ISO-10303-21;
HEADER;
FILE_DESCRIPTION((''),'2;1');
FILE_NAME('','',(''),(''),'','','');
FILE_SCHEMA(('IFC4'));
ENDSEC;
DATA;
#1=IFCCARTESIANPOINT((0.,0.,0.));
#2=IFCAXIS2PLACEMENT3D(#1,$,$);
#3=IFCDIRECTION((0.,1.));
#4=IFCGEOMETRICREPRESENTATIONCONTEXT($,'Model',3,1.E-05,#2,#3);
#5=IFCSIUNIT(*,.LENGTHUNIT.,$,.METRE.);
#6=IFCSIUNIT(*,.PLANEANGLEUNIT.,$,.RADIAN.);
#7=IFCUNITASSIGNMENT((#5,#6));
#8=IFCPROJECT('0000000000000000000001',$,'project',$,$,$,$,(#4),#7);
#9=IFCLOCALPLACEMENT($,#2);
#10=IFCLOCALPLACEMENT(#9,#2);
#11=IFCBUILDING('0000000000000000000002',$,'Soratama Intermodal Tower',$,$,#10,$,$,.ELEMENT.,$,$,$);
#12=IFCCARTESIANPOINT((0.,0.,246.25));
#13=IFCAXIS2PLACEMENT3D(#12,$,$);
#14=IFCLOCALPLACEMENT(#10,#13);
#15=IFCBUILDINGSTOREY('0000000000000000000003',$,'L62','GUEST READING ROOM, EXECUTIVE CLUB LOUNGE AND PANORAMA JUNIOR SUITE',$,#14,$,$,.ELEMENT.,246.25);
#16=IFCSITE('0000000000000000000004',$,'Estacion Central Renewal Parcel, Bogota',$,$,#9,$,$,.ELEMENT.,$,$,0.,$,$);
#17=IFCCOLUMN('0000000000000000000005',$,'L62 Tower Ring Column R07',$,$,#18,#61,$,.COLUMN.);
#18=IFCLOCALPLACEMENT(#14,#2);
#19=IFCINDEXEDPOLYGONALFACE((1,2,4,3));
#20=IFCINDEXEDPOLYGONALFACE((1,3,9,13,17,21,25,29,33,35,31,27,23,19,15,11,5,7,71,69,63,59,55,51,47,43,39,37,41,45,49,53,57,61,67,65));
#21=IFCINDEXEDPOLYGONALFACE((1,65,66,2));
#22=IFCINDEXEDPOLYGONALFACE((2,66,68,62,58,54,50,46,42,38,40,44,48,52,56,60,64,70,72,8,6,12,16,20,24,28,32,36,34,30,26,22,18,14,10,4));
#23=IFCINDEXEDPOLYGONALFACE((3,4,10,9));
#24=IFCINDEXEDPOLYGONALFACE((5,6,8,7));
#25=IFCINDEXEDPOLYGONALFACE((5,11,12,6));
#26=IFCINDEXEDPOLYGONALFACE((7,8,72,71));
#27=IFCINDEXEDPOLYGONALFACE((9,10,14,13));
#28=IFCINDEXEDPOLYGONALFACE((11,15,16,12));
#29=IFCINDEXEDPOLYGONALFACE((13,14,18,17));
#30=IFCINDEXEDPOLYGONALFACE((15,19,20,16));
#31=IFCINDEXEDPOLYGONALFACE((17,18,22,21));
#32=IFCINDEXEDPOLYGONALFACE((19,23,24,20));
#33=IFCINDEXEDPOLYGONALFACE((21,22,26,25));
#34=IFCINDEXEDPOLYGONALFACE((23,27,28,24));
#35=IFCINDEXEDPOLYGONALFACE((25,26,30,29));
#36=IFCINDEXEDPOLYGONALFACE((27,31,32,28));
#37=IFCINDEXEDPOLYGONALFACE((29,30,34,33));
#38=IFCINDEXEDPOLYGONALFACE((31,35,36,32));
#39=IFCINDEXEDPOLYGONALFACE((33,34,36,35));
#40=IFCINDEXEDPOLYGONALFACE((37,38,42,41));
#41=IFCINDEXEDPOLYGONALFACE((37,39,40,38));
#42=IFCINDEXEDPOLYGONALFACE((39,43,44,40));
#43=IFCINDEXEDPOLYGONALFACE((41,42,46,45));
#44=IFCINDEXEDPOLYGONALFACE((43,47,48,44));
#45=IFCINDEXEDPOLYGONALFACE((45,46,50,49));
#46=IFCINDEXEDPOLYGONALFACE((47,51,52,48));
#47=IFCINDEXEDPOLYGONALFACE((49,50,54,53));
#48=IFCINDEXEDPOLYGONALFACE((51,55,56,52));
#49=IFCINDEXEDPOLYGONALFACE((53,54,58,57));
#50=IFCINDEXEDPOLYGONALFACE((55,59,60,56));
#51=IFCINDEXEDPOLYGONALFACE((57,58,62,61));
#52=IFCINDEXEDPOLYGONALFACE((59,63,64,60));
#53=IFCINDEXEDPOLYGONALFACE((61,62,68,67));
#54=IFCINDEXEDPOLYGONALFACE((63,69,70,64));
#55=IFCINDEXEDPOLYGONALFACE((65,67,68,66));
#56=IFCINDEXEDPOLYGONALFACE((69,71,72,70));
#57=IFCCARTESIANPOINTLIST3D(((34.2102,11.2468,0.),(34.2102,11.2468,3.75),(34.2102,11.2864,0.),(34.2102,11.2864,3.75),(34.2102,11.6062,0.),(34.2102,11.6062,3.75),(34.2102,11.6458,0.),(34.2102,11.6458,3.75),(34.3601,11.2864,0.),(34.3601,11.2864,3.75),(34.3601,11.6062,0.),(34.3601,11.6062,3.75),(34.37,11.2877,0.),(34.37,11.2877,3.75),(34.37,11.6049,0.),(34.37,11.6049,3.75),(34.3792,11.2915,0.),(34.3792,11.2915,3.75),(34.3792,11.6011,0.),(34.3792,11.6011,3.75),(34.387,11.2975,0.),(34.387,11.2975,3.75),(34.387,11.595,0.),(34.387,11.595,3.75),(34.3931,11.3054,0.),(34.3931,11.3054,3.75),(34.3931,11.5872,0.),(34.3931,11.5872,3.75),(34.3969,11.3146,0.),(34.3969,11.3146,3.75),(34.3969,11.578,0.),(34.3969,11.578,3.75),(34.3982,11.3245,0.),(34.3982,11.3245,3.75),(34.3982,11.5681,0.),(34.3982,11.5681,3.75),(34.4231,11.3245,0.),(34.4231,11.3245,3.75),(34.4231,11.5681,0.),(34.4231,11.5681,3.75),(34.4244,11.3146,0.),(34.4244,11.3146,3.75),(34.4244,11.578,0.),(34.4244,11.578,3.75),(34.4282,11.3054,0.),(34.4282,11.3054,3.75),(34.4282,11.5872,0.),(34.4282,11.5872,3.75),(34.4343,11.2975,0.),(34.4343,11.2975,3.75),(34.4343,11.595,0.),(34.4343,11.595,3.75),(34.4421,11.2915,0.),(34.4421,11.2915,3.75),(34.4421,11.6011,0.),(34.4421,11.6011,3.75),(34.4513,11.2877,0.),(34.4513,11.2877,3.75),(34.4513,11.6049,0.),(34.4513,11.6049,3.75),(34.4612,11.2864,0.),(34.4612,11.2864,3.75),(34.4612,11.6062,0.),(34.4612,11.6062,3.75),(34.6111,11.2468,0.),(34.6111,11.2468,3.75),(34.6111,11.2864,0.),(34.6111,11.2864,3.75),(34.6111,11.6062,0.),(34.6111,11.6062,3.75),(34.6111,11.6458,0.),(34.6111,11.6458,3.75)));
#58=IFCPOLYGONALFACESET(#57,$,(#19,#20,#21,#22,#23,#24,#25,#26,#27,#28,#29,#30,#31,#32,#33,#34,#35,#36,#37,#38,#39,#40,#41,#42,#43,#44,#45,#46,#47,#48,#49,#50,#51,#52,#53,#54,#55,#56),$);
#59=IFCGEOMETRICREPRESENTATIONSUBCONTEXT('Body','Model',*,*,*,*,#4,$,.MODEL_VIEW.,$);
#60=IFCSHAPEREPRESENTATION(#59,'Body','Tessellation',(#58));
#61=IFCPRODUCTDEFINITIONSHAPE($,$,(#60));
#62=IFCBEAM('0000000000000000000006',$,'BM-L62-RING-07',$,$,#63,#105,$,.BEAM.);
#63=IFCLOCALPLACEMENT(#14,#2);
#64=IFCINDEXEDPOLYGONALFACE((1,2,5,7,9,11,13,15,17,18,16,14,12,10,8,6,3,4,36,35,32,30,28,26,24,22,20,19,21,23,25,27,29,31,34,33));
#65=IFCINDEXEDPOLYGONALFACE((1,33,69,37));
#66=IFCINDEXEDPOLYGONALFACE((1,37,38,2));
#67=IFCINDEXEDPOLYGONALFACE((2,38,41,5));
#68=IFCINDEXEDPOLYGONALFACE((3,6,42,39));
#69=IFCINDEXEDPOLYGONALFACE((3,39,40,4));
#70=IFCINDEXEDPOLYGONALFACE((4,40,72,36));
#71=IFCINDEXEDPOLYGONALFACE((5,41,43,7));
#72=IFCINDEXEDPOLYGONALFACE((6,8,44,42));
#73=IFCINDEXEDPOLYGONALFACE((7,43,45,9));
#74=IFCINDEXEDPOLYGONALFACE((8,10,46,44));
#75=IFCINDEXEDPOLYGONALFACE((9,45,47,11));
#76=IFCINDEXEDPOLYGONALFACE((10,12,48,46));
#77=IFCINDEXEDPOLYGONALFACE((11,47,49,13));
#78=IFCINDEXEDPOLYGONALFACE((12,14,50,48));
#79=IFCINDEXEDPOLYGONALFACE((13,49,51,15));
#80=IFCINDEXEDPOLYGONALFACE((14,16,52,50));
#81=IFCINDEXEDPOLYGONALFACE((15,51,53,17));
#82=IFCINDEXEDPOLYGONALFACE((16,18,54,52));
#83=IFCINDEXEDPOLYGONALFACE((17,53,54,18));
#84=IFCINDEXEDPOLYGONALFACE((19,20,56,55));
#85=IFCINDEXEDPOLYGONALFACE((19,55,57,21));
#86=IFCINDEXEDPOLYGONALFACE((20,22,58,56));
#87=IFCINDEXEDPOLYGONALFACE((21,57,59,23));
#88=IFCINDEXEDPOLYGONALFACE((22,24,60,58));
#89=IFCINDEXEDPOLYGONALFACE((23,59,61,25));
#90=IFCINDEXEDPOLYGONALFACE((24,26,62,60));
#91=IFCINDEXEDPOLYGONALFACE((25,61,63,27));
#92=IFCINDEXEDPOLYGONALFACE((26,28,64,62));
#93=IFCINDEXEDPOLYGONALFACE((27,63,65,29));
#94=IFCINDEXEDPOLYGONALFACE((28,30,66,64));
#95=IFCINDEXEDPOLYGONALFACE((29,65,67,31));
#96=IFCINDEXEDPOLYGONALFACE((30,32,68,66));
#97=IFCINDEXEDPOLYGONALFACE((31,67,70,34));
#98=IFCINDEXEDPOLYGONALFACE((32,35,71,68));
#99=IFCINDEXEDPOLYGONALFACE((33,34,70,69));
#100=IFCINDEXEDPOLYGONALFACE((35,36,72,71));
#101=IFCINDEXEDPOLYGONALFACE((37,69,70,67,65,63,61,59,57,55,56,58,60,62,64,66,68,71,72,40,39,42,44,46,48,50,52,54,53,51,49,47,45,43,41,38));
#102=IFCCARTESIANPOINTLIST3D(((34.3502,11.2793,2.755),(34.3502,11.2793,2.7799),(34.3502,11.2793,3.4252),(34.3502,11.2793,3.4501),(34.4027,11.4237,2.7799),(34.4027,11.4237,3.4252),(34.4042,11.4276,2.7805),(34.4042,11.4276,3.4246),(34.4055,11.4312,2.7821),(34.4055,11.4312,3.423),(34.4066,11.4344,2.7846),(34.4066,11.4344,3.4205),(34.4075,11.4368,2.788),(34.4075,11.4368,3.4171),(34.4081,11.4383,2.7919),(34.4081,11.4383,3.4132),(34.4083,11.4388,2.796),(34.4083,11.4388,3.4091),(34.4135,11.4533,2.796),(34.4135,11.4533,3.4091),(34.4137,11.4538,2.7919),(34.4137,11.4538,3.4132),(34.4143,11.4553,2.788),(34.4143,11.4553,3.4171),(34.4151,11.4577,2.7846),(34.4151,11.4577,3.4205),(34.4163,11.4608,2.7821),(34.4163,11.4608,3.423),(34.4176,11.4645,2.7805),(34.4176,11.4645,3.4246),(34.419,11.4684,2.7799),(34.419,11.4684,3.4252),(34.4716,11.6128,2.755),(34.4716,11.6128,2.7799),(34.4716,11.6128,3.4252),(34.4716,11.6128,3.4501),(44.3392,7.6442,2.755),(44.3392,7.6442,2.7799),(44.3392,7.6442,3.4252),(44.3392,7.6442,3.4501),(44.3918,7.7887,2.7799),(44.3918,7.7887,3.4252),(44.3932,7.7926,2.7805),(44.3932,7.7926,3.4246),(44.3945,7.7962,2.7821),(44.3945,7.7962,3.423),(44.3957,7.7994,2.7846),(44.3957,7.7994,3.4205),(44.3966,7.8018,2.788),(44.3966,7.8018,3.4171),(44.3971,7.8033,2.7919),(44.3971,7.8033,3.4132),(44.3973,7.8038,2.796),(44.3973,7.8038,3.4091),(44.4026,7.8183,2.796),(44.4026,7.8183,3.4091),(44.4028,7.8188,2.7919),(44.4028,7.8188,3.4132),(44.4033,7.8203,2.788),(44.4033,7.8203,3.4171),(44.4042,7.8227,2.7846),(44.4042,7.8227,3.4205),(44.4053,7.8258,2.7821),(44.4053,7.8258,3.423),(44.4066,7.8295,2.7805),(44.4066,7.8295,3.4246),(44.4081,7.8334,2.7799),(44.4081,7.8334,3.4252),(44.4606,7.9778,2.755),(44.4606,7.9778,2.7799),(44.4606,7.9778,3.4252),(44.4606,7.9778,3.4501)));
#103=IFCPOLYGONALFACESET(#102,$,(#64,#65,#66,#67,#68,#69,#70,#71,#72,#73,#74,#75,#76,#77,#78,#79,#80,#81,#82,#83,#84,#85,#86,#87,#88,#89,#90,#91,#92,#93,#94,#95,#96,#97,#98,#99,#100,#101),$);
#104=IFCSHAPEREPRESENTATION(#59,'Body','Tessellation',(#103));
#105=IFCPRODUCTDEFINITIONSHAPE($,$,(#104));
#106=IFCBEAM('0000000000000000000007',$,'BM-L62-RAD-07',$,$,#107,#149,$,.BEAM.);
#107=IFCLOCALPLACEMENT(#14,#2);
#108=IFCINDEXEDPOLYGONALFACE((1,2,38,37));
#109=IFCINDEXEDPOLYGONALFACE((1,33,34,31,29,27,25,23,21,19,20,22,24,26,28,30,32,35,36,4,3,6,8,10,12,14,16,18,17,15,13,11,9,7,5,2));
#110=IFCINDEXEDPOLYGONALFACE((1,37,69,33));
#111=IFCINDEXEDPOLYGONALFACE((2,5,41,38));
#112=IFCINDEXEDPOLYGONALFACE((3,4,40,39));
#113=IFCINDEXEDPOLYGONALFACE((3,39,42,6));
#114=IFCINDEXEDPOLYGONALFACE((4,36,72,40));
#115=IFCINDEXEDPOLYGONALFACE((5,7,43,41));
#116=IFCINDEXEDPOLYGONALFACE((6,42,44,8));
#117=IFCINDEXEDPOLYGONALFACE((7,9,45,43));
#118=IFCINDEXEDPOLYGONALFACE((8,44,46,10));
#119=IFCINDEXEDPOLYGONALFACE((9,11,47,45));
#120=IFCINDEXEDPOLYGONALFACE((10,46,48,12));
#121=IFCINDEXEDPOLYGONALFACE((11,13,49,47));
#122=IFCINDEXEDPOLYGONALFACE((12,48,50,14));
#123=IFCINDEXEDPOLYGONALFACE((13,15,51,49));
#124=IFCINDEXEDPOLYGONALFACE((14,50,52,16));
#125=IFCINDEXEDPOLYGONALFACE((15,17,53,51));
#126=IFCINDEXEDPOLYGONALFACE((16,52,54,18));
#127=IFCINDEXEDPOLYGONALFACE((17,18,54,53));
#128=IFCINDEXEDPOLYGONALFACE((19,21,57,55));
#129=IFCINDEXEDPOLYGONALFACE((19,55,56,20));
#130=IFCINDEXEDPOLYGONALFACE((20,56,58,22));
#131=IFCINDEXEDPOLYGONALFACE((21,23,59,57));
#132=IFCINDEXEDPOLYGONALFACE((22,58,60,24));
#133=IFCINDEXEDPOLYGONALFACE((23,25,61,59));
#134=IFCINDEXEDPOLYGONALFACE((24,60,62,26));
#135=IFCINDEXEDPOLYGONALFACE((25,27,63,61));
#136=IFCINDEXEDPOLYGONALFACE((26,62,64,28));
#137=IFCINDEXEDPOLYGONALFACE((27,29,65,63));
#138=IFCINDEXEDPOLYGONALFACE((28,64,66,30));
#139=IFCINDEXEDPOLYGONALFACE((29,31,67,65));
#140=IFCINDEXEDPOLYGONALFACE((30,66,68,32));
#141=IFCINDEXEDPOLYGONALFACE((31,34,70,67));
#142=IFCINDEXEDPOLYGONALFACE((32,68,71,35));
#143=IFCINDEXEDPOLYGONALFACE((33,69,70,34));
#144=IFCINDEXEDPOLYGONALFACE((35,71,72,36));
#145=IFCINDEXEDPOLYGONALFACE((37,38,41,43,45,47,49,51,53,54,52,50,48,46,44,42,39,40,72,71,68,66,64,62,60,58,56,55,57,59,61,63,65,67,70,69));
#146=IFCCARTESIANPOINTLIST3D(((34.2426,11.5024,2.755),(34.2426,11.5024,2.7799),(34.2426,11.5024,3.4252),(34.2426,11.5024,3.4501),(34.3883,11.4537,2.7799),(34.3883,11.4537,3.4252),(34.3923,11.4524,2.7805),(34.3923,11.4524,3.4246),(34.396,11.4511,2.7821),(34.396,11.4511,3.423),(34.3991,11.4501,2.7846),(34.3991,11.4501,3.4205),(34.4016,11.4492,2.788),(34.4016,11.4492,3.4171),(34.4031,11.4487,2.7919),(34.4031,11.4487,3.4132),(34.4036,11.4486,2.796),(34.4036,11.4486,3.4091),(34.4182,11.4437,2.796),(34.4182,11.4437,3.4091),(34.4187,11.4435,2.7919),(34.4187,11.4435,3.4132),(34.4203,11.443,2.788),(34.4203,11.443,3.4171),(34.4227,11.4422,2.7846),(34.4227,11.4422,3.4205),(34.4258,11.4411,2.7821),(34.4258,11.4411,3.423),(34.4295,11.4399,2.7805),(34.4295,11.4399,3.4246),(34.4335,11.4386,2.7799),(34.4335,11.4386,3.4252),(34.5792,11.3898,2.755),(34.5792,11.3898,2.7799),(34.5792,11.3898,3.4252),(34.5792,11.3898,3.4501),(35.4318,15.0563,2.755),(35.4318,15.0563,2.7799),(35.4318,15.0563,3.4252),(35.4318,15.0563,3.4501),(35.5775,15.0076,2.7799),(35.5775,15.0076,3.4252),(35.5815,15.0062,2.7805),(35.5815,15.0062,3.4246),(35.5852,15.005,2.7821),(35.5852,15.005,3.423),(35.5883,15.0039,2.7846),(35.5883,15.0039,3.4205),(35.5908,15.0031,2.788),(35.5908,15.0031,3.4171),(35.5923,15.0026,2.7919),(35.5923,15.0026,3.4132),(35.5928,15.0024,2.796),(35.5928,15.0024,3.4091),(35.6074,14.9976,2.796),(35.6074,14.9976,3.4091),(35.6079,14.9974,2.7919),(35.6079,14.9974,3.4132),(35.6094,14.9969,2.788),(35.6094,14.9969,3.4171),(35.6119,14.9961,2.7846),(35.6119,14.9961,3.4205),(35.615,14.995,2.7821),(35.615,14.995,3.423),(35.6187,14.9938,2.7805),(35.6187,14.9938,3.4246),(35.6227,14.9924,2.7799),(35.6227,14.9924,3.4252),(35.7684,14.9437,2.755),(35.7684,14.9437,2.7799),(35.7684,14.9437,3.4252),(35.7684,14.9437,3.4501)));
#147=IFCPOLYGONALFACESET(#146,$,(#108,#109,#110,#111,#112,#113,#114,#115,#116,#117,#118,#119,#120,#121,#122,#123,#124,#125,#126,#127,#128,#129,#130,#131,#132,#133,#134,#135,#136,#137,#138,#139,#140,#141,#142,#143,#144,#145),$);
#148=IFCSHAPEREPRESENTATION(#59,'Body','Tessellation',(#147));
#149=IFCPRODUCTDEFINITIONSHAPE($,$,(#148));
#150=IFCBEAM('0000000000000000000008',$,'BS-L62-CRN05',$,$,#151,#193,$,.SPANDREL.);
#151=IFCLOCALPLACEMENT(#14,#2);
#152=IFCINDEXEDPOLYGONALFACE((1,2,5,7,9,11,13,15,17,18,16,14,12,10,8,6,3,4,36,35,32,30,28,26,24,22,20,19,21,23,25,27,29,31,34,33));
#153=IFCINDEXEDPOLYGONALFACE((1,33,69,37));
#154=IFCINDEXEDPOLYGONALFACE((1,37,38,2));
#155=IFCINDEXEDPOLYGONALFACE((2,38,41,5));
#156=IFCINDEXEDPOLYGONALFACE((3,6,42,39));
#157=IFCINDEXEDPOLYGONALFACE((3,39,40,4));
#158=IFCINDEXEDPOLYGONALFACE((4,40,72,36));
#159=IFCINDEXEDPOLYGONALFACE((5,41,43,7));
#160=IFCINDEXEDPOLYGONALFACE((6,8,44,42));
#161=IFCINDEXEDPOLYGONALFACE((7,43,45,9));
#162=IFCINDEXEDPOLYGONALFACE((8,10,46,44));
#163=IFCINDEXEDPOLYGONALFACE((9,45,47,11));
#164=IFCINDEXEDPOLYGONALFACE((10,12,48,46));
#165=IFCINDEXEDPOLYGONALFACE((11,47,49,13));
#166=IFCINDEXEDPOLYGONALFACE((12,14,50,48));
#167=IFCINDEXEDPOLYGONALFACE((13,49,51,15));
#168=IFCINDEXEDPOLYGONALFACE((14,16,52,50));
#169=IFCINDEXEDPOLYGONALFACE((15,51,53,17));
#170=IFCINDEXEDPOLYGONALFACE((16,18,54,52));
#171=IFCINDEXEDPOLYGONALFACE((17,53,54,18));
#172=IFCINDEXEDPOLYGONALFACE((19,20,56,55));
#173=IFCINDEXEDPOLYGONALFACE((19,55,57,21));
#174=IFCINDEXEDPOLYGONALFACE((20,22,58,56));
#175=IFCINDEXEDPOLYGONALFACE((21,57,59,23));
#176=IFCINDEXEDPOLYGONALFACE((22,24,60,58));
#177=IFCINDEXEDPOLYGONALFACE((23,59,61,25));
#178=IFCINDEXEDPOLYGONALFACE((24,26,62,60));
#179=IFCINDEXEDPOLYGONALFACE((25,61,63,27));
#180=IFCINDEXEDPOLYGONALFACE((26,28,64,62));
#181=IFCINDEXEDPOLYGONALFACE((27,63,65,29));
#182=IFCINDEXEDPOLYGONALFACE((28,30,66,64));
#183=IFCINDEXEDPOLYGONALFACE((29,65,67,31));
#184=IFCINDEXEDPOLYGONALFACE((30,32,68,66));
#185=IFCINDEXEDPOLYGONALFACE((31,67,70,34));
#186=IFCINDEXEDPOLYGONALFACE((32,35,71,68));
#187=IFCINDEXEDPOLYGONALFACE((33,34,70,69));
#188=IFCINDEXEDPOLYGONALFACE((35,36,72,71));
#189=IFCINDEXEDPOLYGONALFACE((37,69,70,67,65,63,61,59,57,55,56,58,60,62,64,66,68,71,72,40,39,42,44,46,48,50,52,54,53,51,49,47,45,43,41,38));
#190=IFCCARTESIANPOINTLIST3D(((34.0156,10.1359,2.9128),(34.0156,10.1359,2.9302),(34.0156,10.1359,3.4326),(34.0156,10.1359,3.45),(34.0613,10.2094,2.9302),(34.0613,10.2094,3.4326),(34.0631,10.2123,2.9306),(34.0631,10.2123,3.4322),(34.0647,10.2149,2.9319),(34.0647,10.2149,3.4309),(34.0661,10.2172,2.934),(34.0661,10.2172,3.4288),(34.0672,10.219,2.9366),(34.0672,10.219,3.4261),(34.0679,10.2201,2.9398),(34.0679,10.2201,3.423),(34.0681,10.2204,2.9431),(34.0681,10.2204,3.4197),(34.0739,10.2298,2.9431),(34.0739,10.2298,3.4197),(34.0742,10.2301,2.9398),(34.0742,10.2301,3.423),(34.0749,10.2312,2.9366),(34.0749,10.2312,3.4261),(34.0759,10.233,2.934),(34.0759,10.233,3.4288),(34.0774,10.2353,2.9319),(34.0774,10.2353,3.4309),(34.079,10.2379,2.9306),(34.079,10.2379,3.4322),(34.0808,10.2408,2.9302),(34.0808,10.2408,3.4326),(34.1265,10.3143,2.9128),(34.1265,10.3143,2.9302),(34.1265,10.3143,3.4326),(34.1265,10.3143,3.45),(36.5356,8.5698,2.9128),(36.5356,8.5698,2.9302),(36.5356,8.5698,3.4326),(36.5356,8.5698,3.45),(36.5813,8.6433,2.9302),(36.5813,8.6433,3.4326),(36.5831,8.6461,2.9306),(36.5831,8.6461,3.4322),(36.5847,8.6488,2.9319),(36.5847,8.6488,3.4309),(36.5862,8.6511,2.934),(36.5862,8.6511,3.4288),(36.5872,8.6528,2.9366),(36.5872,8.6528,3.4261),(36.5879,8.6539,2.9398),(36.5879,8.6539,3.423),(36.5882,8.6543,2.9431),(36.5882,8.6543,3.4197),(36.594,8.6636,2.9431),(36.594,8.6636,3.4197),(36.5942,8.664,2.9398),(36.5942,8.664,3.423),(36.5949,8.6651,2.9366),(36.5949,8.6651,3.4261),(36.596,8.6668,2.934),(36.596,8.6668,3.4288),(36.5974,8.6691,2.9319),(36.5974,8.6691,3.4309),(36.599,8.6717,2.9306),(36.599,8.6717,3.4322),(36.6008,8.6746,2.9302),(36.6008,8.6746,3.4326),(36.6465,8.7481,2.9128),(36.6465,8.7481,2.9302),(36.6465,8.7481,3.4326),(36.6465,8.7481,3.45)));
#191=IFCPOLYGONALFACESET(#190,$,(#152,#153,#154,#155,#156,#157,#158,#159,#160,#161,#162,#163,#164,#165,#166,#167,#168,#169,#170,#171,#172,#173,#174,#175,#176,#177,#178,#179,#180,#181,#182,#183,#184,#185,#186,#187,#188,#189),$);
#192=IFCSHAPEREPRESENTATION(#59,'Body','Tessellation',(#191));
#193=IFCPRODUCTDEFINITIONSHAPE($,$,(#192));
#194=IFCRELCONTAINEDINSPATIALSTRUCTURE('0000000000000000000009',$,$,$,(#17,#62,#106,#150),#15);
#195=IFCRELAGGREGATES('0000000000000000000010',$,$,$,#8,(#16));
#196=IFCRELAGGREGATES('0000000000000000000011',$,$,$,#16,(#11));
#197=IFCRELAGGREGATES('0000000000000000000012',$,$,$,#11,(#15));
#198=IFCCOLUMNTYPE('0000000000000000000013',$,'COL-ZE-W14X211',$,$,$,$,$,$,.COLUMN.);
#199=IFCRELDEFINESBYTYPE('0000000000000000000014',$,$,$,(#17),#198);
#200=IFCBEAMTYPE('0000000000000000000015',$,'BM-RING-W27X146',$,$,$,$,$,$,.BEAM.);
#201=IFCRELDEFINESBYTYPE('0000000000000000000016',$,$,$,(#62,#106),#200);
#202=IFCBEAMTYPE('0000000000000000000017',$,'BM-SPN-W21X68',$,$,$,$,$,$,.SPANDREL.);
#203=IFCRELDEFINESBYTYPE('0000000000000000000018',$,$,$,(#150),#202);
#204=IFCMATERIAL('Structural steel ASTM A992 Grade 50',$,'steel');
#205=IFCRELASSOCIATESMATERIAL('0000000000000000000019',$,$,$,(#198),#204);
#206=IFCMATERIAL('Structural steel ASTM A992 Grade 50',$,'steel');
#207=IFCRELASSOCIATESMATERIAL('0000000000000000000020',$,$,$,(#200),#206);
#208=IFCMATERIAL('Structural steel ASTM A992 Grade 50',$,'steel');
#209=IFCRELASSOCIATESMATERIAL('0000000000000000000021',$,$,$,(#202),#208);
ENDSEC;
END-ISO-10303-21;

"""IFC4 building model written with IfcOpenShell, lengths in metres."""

from ifc_helpers import new_model, si_unit, direction, frame, origin, origin_2d, place, context, subcontext, project, spatial, i_section, extrude, material, material_profile, profile_set, type_object, element, save


model = new_model("IFC4")

# Units and contexts
model_context = context("Model", 3, precision=1e-05, world=origin(), true_north=direction((0.0, 1.0)))
body_context = subcontext(model_context, "Body", "Model", "MODEL_VIEW")
ifc_project = project(units=[si_unit("LENGTHUNIT", "METRE"), si_unit("PLANEANGLEUNIT", "RADIAN")], contexts=[model_context])

# Site, building, storey
site_placement = place(None, origin())
site = spatial("IfcSite", under=ifc_project, at=site_placement, Name="Estacion Central Renewal Parcel, Bogota", CompositionType="ELEMENT", RefElevation=0.0)
building_placement = place(site_placement, origin())
building = spatial("IfcBuilding", under=site, at=building_placement, Name="Soratama Intermodal Tower", CompositionType="ELEMENT")
storey_placement = place(building_placement, frame((0.0, 0.0, 246.25)))
storey = spatial("IfcBuildingStorey", under=building, at=storey_placement, Name="L62", Description="GUEST READING ROOM, EXECUTIVE CLUB LOUNGE AND PANORAMA JUNIOR SUITE", CompositionType="ELEMENT", Elevation=246.25)

# Column
ifc_material_1 = material(Name="Structural steel ASTM A992 Grade 50", Category="steel")
ifc_material_profile_1 = material_profile(ifc_material_1, i_section(OverallWidth=0.4009, OverallDepth=0.3989, WebThickness=0.0249, FlangeThickness=0.0396, FilletRadius=0.0381, at=origin_2d()), Name="W14X211")
ifc_profile_set_1 = profile_set([ifc_material_profile_1], Name="Structural steel ASTM A992 Grade 50")
column_type = type_object("IfcColumnType", Name="COL-ZE-W14X211", PredefinedType="COLUMN", material=ifc_profile_set_1)
column_placement = place(storey_placement, frame((34.4106, 11.4463, 0.0), z_axis=(0.0, 0.0, 1.0), x_axis=(1.0, 0.0, 0.0)))
element("IfcColumn", 1, at=column_placement, inside=storey, type_object=column_type, Name="L62 Tower Ring Column R07", PredefinedType="COLUMN", context=body_context, shape_type="SweptSolid", body=[
    extrude(i_section(OverallWidth=0.4009, OverallDepth=0.3989, WebThickness=0.0249, FlangeThickness=0.0396, FilletRadius=0.0381, at=origin_2d()), origin(), (0.0, 0.0, 1.0), 3.75),
])

# Beams
ifc_material_2 = material(Name="Structural steel ASTM A992 Grade 50", Category="steel")
ifc_material_profile_2 = material_profile(ifc_material_2, i_section(OverallWidth=0.355, OverallDepth=0.6951, WebThickness=0.0154, FlangeThickness=0.0249, FilletRadius=0.0161, at=origin_2d()), Name="W27X146")
ifc_profile_set_2 = profile_set([ifc_material_profile_2], Name="Structural steel ASTM A992 Grade 50")
beam_type_1 = type_object("IfcBeamType", Name="BM-RING-W27X146", PredefinedType="BEAM", material=ifc_profile_set_2)
beam_1_placement = place(storey_placement, frame((34.4109, 11.446, 3.1025), z_axis=(0.939714, -0.341963, 0.0), x_axis=(0.341963, 0.939714, 0.0)))
element("IfcBeam", 2, at=beam_1_placement, inside=storey, type_object=beam_type_1, Name="BM-L62-RING-07", PredefinedType="BEAM", context=body_context, shape_type="SweptSolid", body=[
    extrude(i_section(OverallWidth=0.355, OverallDepth=0.6951, WebThickness=0.0154, FlangeThickness=0.0249, FilletRadius=0.0161, at=origin_2d()), origin(), (0.0, 0.0, 1.0), 10.6299),
])
beam_2_placement = place(storey_placement, frame((35.6001, 15.0, 3.1025), z_axis=(-0.317322, -0.948318, 0.0), x_axis=(0.948318, -0.317322, 0.0)))
element("IfcBeam", 3, at=beam_2_placement, inside=storey, type_object=beam_type_1, Name="BM-L62-RAD-07", PredefinedType="BEAM", context=body_context, shape_type="SweptSolid", body=[
    extrude(i_section(OverallWidth=0.355, OverallDepth=0.6951, WebThickness=0.0154, FlangeThickness=0.0249, FilletRadius=0.0161, at=origin_2d()), origin(), (0.0, 0.0, 1.0), 3.7476),
])
ifc_material_3 = material(Name="Structural steel ASTM A992 Grade 50", Category="steel")
ifc_material_profile_3 = material_profile(ifc_material_3, i_section(OverallWidth=0.21, OverallDepth=0.5371, WebThickness=0.011, FlangeThickness=0.0173, FilletRadius=0.0129, at=origin_2d()), Name="W21X68")
ifc_profile_set_3 = profile_set([ifc_material_profile_3], Name="Structural steel ASTM A992 Grade 50")
beam_type_2 = type_object("IfcBeamType", Name="BM-SPN-W21X68", PredefinedType="SPANDREL", material=ifc_profile_set_3)
beam_3_placement = place(storey_placement, frame((34.071, 10.2251, 3.1814), z_axis=(0.849336, -0.527852, 0.0), x_axis=(0.527852, 0.849336, 0.0)))
element("IfcBeam", 4, at=beam_3_placement, inside=storey, type_object=beam_type_2, Name="BS-L62-CRN05", PredefinedType="SPANDREL", context=body_context, shape_type="SweptSolid", body=[
    extrude(i_section(OverallWidth=0.21, OverallDepth=0.5371, WebThickness=0.011, FlangeThickness=0.0173, FilletRadius=0.0129, at=origin_2d()), origin(), (0.0, 0.0, 1.0), 2.967),
])

save(model, "model.ifc")
